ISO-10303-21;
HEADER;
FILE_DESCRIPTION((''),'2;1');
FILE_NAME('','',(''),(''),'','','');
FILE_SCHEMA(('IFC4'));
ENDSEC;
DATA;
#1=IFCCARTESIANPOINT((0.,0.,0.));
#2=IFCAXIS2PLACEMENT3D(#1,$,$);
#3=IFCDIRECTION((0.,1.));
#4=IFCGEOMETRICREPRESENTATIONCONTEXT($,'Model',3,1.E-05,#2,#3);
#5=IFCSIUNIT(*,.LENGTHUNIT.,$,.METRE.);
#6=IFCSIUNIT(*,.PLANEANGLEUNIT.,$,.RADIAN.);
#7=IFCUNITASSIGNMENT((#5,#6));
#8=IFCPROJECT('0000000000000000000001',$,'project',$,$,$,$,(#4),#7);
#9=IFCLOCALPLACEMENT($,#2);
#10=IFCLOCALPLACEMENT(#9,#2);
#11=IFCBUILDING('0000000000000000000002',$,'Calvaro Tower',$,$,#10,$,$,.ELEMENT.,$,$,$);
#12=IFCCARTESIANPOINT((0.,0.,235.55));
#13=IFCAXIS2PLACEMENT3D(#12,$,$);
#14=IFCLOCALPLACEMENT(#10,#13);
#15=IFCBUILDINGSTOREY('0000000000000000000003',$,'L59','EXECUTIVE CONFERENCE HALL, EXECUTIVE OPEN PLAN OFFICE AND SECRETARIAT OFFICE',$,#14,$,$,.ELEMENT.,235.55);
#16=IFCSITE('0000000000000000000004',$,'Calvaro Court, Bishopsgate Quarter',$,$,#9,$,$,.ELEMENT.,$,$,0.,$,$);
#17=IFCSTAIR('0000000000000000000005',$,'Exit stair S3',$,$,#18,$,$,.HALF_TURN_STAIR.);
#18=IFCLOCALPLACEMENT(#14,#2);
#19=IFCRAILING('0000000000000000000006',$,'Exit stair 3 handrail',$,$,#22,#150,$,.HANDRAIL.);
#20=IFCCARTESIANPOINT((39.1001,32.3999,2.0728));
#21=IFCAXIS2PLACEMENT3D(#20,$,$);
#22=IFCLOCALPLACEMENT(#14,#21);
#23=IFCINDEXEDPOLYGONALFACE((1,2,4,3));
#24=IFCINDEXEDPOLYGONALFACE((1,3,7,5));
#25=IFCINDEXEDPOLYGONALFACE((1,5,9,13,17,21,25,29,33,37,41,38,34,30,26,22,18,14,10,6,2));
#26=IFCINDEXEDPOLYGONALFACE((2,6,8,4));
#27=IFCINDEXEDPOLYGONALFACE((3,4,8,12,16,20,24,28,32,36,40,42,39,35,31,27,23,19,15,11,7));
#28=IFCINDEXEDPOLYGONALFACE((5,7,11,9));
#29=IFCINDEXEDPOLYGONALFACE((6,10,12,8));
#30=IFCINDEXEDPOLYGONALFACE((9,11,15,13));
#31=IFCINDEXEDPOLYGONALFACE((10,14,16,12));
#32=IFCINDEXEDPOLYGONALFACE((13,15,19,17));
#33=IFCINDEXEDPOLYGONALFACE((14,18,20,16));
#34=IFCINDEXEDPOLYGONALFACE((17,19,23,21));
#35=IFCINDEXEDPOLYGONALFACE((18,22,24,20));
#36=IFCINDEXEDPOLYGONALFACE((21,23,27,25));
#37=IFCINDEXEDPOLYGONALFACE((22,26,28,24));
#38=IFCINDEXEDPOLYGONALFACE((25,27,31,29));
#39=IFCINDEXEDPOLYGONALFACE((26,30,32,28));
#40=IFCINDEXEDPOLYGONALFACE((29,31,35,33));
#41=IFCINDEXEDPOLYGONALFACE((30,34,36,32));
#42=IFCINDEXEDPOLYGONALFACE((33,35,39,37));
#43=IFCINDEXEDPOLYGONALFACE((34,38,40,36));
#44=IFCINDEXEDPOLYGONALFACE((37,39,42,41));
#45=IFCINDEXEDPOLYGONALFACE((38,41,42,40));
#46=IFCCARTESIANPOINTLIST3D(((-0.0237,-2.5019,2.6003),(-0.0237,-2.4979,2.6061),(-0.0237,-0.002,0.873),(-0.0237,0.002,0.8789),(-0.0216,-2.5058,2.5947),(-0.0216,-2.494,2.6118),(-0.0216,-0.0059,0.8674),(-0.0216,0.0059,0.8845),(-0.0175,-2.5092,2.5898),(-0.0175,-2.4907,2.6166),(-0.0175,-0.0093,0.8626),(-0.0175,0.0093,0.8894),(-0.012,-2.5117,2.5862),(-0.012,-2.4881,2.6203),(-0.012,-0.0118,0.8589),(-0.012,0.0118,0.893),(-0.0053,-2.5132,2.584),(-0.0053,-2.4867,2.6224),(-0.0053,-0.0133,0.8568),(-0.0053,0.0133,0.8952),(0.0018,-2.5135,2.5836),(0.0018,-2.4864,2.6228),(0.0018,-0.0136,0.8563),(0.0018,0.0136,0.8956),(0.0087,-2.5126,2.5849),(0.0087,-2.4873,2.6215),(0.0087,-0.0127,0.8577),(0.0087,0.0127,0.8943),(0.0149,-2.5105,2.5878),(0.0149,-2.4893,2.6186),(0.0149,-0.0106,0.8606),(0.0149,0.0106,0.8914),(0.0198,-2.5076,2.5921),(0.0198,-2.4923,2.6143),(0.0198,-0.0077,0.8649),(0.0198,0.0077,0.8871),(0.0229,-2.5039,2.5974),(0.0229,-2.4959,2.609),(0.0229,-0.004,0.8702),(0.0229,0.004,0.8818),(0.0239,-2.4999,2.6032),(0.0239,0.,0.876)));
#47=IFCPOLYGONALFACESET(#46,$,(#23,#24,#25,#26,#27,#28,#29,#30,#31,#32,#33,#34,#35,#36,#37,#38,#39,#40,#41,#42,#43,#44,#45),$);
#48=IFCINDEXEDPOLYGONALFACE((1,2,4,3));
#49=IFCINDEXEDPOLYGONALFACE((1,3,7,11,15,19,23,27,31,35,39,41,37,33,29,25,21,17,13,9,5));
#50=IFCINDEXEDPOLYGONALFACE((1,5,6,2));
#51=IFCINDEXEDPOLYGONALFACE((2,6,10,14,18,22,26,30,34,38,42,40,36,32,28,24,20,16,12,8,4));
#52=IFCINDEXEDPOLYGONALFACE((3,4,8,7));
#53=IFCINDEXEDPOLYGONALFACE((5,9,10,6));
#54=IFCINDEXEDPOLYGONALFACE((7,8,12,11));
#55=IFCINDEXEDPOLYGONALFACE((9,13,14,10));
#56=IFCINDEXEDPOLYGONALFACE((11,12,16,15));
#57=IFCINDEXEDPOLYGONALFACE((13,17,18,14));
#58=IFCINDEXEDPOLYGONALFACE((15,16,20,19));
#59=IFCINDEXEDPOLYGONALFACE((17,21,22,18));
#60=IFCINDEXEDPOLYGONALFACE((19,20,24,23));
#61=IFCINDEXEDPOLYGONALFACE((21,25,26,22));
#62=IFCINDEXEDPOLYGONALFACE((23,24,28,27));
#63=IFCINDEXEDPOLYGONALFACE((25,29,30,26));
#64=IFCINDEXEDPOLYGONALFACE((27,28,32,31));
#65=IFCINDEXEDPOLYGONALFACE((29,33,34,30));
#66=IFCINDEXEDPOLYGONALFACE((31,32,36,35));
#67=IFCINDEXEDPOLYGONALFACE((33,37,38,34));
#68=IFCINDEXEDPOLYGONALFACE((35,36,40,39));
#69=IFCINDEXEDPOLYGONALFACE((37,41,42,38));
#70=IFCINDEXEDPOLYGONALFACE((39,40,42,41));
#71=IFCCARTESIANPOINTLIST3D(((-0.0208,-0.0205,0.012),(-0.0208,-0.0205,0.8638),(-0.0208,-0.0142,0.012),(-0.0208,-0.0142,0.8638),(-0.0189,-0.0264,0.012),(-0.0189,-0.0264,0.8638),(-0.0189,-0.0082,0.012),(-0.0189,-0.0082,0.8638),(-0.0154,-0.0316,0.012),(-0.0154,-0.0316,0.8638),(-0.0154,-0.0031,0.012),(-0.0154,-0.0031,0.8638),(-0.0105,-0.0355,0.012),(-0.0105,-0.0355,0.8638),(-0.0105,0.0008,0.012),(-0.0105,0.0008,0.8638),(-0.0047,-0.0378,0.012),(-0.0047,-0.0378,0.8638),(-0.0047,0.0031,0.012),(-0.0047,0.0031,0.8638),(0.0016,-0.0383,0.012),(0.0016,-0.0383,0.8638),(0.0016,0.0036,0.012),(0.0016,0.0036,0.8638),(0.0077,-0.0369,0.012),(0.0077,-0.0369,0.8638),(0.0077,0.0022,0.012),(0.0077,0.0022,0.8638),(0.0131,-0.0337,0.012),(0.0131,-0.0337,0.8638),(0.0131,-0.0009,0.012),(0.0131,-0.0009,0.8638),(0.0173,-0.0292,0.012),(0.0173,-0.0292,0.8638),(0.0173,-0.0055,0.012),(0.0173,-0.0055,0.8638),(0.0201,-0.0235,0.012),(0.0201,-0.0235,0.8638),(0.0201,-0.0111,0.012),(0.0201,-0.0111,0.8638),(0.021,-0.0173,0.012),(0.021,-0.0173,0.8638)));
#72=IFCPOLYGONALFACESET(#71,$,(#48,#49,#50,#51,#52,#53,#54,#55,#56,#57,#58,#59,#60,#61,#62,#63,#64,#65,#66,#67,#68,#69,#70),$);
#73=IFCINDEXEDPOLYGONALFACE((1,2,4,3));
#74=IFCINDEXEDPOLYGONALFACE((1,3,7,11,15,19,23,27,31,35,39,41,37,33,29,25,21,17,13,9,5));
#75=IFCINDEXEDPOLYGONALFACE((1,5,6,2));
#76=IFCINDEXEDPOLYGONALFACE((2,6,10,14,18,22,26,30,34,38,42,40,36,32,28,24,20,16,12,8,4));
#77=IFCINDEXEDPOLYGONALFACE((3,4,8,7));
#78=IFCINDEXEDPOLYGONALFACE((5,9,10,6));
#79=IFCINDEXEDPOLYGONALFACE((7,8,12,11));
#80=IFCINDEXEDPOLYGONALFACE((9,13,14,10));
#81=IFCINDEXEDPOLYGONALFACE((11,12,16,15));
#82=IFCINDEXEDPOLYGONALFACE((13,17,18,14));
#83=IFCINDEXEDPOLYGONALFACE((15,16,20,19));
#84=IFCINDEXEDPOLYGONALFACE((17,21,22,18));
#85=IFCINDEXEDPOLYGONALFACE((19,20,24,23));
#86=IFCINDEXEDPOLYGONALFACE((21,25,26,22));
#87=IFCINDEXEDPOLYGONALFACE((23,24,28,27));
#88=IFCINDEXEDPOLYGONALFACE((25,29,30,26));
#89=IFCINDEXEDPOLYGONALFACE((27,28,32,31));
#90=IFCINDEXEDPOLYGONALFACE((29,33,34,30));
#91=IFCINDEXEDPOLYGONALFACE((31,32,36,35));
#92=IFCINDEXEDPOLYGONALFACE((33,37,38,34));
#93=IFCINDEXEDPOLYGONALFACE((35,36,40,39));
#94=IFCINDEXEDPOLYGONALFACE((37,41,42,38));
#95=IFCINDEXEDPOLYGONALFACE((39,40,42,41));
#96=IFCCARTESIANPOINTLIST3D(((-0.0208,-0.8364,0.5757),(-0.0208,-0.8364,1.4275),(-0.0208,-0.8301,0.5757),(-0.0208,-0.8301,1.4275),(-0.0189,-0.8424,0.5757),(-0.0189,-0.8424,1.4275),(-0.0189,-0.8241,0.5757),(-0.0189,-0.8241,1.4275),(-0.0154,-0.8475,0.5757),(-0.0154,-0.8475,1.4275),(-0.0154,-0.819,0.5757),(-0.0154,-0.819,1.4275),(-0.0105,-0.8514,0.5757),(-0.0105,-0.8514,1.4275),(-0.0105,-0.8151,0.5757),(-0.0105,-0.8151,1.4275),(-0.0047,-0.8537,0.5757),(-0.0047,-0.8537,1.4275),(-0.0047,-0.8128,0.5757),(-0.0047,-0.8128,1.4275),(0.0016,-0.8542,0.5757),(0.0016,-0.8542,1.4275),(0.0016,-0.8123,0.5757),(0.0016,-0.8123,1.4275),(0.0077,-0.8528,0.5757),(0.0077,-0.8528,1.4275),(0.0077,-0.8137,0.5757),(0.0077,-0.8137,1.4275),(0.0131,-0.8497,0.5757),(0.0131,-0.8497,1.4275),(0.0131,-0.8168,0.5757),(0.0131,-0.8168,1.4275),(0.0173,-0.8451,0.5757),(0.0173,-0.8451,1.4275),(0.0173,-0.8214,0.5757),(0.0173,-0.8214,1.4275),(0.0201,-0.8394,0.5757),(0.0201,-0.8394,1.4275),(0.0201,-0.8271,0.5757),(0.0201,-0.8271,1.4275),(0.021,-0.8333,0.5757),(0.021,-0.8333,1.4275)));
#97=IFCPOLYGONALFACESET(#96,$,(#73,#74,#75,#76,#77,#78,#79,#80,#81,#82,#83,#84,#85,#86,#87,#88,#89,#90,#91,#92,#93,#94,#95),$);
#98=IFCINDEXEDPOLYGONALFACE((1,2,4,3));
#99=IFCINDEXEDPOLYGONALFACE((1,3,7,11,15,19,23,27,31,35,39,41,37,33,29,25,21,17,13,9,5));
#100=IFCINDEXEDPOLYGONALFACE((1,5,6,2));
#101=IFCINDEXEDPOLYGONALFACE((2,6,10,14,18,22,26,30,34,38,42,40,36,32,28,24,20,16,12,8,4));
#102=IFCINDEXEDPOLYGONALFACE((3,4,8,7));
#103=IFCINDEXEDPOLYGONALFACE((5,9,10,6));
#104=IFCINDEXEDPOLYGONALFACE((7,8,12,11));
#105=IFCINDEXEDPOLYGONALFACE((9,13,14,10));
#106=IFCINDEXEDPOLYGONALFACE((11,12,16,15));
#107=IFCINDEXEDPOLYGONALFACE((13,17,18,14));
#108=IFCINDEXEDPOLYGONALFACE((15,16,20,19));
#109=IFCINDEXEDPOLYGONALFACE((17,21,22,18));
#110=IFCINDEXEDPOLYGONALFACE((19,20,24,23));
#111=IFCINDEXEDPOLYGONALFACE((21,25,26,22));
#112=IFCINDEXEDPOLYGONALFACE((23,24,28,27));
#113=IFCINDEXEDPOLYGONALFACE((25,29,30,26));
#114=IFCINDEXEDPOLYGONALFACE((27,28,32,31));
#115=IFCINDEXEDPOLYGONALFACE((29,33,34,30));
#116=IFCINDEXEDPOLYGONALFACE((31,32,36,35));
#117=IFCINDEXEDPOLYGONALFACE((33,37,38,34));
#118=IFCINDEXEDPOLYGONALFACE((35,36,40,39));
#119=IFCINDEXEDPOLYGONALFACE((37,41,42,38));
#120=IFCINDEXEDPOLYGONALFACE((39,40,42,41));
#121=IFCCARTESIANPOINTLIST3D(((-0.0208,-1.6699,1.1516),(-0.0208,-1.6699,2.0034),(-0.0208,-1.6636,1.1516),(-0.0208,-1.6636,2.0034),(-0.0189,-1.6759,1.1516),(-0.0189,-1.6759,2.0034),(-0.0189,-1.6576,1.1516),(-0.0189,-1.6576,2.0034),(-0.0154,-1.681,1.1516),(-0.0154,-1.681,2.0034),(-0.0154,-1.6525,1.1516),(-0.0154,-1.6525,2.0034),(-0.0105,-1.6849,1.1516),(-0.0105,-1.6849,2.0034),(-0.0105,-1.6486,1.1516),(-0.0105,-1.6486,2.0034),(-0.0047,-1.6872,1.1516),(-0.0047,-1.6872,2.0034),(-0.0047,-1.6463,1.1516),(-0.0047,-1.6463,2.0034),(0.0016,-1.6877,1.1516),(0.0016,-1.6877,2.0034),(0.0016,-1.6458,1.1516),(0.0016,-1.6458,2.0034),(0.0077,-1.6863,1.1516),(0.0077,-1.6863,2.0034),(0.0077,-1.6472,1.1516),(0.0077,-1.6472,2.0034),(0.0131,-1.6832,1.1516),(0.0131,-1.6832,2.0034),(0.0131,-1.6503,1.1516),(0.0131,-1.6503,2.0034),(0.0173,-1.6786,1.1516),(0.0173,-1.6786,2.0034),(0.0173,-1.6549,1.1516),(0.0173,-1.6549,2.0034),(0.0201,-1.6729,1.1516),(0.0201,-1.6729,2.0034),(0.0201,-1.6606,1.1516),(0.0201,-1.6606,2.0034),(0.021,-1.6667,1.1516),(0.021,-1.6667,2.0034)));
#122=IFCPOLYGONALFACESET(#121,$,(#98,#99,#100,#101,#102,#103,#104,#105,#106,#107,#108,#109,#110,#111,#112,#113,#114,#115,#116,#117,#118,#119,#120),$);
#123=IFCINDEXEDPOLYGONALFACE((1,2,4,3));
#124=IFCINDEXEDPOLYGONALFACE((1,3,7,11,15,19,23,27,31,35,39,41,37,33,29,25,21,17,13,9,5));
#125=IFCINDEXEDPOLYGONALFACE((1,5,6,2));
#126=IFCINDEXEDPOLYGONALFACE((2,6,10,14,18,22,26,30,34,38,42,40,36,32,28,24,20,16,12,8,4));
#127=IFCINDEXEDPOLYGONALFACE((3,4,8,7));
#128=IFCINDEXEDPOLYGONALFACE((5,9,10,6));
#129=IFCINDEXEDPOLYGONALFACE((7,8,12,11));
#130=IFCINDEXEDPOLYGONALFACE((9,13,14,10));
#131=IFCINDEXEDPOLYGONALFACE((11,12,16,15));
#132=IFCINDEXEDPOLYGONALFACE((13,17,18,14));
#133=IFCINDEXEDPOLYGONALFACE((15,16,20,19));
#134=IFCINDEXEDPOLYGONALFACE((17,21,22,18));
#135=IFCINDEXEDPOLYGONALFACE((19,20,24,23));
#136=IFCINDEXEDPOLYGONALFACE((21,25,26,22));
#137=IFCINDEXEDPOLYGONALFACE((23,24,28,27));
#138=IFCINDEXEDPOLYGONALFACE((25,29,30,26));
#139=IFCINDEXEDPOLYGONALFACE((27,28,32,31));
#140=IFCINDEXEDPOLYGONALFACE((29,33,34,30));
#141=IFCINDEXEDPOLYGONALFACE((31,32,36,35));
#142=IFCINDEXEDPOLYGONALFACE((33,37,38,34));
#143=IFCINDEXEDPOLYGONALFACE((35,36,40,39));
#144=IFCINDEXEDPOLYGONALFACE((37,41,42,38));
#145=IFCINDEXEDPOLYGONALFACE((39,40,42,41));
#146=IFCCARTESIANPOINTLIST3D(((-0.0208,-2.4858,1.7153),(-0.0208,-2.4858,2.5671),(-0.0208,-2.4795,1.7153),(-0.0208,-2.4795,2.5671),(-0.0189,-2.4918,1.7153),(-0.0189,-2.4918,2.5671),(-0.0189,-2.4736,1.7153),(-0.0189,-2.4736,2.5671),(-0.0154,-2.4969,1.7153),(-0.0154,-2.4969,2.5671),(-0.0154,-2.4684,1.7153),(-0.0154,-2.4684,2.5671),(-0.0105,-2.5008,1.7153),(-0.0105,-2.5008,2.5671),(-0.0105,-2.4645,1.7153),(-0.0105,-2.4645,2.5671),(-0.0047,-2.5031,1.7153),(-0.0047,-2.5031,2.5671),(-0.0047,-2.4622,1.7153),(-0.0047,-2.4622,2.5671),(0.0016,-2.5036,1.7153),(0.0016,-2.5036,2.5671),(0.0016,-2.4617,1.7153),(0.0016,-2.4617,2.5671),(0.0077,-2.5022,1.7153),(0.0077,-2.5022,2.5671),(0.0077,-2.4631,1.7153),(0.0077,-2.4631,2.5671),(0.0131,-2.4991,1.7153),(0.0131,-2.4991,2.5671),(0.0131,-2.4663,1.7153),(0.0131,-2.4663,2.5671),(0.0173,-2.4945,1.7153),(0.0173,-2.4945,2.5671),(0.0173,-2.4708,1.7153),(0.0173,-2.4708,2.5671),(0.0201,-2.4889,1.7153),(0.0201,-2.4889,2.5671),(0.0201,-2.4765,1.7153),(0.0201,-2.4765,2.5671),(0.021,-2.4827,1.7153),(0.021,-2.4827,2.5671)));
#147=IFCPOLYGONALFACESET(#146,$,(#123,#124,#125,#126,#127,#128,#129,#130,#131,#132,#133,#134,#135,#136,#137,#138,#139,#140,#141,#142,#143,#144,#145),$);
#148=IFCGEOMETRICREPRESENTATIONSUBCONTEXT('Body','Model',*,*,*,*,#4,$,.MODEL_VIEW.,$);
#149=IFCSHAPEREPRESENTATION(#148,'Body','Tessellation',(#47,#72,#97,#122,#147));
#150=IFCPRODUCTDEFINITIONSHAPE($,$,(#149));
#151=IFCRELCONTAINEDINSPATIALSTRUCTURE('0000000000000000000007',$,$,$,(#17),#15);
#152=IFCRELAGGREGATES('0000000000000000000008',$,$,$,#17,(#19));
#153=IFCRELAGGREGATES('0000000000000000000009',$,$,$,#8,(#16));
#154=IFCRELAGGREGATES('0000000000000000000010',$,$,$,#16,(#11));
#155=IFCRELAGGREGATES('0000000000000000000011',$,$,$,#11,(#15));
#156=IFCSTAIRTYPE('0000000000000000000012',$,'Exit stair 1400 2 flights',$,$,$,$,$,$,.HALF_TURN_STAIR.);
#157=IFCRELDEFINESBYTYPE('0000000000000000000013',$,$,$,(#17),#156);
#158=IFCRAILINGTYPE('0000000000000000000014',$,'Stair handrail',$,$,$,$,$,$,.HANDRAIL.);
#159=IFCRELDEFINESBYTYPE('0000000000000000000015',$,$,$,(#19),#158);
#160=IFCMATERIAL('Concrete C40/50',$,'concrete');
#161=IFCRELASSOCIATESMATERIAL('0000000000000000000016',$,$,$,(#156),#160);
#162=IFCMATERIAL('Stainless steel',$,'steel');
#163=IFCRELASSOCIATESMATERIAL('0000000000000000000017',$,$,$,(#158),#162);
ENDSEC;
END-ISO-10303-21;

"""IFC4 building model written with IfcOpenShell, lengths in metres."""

from ifc_helpers import new_model, si_unit, direction, frame, origin, origin_2d, place, context, subcontext, project, spatial, circle, extrude, material, type_object, element, aggregate, save


model = new_model("IFC4")

# Units and contexts
model_context = context("Model", 3, precision=1e-05, world=origin(), true_north=direction((0.0, 1.0)))
body_context = subcontext(model_context, "Body", "Model", "MODEL_VIEW")
ifc_project = project(units=[si_unit("LENGTHUNIT", "METRE"), si_unit("PLANEANGLEUNIT", "RADIAN")], contexts=[model_context])

# Site, building, storey
site_placement = place(None, origin())
site = spatial("IfcSite", under=ifc_project, at=site_placement, Name="Calvaro Court, Bishopsgate Quarter", CompositionType="ELEMENT", RefElevation=0.0)
building_placement = place(site_placement, origin())
building = spatial("IfcBuilding", under=site, at=building_placement, Name="Calvaro Tower", CompositionType="ELEMENT")
storey_placement = place(building_placement, frame((0.0, 0.0, 235.55)))
storey = spatial("IfcBuildingStorey", under=building, at=storey_placement, Name="L59", Description="EXECUTIVE CONFERENCE HALL, EXECUTIVE OPEN PLAN OFFICE AND SECRETARIAT OFFICE", CompositionType="ELEMENT", Elevation=235.55)

# Stair
ifc_material_1 = material(Name="Concrete C40/50", Category="concrete")
stair_type = type_object("IfcStairType", Name="Exit stair 1400 2 flights", PredefinedType="HALF_TURN_STAIR", material=ifc_material_1)
stair_1_placement = place(storey_placement, origin())
stair_1 = element("IfcStair", 1, at=stair_1_placement, inside=storey, type_object=stair_type, Name="Exit stair S3", PredefinedType="HALF_TURN_STAIR")

# Railing
ifc_material_2 = material(Name="Stainless steel", Category="steel")
railing_type = type_object("IfcRailingType", Name="Stair handrail", PredefinedType="HANDRAIL", material=ifc_material_2)
railing_1_placement = place(storey_placement, frame((39.1001, 32.3999, 2.0728)))
railing_1 = element("IfcRailing", 2, at=railing_1_placement, type_object=railing_type, Name="Exit stair 3 handrail", PredefinedType="HANDRAIL", context=body_context, shape_type="SweptSolid", body=[
    extrude(circle(Radius=0.0239, at=origin_2d()), frame((0.0, 0.0, 0.876), z_axis=(0.0, -0.822727, 0.568437), x_axis=(1.0, 0.0, 0.0)), (0.0, 0.0, 1.0), 3.0386),
    extrude(circle(Radius=0.021, at=origin_2d()), frame((0.0, -0.0173, 0.012)), (0.0, 0.0, 1.0), 0.8518),
    extrude(circle(Radius=0.021, at=origin_2d()), frame((0.0, -0.8333, 0.5757)), (0.0, 0.0, 1.0), 0.8518),
    extrude(circle(Radius=0.021, at=origin_2d()), frame((0.0, -1.6667, 1.1516)), (0.0, 0.0, 1.0), 0.8518),
    extrude(circle(Radius=0.021, at=origin_2d()), frame((0.0, -2.4827, 1.7153)), (0.0, 0.0, 1.0), 0.8518),
])
aggregate(stair_1, [railing_1])

save(model, "model.ifc")
